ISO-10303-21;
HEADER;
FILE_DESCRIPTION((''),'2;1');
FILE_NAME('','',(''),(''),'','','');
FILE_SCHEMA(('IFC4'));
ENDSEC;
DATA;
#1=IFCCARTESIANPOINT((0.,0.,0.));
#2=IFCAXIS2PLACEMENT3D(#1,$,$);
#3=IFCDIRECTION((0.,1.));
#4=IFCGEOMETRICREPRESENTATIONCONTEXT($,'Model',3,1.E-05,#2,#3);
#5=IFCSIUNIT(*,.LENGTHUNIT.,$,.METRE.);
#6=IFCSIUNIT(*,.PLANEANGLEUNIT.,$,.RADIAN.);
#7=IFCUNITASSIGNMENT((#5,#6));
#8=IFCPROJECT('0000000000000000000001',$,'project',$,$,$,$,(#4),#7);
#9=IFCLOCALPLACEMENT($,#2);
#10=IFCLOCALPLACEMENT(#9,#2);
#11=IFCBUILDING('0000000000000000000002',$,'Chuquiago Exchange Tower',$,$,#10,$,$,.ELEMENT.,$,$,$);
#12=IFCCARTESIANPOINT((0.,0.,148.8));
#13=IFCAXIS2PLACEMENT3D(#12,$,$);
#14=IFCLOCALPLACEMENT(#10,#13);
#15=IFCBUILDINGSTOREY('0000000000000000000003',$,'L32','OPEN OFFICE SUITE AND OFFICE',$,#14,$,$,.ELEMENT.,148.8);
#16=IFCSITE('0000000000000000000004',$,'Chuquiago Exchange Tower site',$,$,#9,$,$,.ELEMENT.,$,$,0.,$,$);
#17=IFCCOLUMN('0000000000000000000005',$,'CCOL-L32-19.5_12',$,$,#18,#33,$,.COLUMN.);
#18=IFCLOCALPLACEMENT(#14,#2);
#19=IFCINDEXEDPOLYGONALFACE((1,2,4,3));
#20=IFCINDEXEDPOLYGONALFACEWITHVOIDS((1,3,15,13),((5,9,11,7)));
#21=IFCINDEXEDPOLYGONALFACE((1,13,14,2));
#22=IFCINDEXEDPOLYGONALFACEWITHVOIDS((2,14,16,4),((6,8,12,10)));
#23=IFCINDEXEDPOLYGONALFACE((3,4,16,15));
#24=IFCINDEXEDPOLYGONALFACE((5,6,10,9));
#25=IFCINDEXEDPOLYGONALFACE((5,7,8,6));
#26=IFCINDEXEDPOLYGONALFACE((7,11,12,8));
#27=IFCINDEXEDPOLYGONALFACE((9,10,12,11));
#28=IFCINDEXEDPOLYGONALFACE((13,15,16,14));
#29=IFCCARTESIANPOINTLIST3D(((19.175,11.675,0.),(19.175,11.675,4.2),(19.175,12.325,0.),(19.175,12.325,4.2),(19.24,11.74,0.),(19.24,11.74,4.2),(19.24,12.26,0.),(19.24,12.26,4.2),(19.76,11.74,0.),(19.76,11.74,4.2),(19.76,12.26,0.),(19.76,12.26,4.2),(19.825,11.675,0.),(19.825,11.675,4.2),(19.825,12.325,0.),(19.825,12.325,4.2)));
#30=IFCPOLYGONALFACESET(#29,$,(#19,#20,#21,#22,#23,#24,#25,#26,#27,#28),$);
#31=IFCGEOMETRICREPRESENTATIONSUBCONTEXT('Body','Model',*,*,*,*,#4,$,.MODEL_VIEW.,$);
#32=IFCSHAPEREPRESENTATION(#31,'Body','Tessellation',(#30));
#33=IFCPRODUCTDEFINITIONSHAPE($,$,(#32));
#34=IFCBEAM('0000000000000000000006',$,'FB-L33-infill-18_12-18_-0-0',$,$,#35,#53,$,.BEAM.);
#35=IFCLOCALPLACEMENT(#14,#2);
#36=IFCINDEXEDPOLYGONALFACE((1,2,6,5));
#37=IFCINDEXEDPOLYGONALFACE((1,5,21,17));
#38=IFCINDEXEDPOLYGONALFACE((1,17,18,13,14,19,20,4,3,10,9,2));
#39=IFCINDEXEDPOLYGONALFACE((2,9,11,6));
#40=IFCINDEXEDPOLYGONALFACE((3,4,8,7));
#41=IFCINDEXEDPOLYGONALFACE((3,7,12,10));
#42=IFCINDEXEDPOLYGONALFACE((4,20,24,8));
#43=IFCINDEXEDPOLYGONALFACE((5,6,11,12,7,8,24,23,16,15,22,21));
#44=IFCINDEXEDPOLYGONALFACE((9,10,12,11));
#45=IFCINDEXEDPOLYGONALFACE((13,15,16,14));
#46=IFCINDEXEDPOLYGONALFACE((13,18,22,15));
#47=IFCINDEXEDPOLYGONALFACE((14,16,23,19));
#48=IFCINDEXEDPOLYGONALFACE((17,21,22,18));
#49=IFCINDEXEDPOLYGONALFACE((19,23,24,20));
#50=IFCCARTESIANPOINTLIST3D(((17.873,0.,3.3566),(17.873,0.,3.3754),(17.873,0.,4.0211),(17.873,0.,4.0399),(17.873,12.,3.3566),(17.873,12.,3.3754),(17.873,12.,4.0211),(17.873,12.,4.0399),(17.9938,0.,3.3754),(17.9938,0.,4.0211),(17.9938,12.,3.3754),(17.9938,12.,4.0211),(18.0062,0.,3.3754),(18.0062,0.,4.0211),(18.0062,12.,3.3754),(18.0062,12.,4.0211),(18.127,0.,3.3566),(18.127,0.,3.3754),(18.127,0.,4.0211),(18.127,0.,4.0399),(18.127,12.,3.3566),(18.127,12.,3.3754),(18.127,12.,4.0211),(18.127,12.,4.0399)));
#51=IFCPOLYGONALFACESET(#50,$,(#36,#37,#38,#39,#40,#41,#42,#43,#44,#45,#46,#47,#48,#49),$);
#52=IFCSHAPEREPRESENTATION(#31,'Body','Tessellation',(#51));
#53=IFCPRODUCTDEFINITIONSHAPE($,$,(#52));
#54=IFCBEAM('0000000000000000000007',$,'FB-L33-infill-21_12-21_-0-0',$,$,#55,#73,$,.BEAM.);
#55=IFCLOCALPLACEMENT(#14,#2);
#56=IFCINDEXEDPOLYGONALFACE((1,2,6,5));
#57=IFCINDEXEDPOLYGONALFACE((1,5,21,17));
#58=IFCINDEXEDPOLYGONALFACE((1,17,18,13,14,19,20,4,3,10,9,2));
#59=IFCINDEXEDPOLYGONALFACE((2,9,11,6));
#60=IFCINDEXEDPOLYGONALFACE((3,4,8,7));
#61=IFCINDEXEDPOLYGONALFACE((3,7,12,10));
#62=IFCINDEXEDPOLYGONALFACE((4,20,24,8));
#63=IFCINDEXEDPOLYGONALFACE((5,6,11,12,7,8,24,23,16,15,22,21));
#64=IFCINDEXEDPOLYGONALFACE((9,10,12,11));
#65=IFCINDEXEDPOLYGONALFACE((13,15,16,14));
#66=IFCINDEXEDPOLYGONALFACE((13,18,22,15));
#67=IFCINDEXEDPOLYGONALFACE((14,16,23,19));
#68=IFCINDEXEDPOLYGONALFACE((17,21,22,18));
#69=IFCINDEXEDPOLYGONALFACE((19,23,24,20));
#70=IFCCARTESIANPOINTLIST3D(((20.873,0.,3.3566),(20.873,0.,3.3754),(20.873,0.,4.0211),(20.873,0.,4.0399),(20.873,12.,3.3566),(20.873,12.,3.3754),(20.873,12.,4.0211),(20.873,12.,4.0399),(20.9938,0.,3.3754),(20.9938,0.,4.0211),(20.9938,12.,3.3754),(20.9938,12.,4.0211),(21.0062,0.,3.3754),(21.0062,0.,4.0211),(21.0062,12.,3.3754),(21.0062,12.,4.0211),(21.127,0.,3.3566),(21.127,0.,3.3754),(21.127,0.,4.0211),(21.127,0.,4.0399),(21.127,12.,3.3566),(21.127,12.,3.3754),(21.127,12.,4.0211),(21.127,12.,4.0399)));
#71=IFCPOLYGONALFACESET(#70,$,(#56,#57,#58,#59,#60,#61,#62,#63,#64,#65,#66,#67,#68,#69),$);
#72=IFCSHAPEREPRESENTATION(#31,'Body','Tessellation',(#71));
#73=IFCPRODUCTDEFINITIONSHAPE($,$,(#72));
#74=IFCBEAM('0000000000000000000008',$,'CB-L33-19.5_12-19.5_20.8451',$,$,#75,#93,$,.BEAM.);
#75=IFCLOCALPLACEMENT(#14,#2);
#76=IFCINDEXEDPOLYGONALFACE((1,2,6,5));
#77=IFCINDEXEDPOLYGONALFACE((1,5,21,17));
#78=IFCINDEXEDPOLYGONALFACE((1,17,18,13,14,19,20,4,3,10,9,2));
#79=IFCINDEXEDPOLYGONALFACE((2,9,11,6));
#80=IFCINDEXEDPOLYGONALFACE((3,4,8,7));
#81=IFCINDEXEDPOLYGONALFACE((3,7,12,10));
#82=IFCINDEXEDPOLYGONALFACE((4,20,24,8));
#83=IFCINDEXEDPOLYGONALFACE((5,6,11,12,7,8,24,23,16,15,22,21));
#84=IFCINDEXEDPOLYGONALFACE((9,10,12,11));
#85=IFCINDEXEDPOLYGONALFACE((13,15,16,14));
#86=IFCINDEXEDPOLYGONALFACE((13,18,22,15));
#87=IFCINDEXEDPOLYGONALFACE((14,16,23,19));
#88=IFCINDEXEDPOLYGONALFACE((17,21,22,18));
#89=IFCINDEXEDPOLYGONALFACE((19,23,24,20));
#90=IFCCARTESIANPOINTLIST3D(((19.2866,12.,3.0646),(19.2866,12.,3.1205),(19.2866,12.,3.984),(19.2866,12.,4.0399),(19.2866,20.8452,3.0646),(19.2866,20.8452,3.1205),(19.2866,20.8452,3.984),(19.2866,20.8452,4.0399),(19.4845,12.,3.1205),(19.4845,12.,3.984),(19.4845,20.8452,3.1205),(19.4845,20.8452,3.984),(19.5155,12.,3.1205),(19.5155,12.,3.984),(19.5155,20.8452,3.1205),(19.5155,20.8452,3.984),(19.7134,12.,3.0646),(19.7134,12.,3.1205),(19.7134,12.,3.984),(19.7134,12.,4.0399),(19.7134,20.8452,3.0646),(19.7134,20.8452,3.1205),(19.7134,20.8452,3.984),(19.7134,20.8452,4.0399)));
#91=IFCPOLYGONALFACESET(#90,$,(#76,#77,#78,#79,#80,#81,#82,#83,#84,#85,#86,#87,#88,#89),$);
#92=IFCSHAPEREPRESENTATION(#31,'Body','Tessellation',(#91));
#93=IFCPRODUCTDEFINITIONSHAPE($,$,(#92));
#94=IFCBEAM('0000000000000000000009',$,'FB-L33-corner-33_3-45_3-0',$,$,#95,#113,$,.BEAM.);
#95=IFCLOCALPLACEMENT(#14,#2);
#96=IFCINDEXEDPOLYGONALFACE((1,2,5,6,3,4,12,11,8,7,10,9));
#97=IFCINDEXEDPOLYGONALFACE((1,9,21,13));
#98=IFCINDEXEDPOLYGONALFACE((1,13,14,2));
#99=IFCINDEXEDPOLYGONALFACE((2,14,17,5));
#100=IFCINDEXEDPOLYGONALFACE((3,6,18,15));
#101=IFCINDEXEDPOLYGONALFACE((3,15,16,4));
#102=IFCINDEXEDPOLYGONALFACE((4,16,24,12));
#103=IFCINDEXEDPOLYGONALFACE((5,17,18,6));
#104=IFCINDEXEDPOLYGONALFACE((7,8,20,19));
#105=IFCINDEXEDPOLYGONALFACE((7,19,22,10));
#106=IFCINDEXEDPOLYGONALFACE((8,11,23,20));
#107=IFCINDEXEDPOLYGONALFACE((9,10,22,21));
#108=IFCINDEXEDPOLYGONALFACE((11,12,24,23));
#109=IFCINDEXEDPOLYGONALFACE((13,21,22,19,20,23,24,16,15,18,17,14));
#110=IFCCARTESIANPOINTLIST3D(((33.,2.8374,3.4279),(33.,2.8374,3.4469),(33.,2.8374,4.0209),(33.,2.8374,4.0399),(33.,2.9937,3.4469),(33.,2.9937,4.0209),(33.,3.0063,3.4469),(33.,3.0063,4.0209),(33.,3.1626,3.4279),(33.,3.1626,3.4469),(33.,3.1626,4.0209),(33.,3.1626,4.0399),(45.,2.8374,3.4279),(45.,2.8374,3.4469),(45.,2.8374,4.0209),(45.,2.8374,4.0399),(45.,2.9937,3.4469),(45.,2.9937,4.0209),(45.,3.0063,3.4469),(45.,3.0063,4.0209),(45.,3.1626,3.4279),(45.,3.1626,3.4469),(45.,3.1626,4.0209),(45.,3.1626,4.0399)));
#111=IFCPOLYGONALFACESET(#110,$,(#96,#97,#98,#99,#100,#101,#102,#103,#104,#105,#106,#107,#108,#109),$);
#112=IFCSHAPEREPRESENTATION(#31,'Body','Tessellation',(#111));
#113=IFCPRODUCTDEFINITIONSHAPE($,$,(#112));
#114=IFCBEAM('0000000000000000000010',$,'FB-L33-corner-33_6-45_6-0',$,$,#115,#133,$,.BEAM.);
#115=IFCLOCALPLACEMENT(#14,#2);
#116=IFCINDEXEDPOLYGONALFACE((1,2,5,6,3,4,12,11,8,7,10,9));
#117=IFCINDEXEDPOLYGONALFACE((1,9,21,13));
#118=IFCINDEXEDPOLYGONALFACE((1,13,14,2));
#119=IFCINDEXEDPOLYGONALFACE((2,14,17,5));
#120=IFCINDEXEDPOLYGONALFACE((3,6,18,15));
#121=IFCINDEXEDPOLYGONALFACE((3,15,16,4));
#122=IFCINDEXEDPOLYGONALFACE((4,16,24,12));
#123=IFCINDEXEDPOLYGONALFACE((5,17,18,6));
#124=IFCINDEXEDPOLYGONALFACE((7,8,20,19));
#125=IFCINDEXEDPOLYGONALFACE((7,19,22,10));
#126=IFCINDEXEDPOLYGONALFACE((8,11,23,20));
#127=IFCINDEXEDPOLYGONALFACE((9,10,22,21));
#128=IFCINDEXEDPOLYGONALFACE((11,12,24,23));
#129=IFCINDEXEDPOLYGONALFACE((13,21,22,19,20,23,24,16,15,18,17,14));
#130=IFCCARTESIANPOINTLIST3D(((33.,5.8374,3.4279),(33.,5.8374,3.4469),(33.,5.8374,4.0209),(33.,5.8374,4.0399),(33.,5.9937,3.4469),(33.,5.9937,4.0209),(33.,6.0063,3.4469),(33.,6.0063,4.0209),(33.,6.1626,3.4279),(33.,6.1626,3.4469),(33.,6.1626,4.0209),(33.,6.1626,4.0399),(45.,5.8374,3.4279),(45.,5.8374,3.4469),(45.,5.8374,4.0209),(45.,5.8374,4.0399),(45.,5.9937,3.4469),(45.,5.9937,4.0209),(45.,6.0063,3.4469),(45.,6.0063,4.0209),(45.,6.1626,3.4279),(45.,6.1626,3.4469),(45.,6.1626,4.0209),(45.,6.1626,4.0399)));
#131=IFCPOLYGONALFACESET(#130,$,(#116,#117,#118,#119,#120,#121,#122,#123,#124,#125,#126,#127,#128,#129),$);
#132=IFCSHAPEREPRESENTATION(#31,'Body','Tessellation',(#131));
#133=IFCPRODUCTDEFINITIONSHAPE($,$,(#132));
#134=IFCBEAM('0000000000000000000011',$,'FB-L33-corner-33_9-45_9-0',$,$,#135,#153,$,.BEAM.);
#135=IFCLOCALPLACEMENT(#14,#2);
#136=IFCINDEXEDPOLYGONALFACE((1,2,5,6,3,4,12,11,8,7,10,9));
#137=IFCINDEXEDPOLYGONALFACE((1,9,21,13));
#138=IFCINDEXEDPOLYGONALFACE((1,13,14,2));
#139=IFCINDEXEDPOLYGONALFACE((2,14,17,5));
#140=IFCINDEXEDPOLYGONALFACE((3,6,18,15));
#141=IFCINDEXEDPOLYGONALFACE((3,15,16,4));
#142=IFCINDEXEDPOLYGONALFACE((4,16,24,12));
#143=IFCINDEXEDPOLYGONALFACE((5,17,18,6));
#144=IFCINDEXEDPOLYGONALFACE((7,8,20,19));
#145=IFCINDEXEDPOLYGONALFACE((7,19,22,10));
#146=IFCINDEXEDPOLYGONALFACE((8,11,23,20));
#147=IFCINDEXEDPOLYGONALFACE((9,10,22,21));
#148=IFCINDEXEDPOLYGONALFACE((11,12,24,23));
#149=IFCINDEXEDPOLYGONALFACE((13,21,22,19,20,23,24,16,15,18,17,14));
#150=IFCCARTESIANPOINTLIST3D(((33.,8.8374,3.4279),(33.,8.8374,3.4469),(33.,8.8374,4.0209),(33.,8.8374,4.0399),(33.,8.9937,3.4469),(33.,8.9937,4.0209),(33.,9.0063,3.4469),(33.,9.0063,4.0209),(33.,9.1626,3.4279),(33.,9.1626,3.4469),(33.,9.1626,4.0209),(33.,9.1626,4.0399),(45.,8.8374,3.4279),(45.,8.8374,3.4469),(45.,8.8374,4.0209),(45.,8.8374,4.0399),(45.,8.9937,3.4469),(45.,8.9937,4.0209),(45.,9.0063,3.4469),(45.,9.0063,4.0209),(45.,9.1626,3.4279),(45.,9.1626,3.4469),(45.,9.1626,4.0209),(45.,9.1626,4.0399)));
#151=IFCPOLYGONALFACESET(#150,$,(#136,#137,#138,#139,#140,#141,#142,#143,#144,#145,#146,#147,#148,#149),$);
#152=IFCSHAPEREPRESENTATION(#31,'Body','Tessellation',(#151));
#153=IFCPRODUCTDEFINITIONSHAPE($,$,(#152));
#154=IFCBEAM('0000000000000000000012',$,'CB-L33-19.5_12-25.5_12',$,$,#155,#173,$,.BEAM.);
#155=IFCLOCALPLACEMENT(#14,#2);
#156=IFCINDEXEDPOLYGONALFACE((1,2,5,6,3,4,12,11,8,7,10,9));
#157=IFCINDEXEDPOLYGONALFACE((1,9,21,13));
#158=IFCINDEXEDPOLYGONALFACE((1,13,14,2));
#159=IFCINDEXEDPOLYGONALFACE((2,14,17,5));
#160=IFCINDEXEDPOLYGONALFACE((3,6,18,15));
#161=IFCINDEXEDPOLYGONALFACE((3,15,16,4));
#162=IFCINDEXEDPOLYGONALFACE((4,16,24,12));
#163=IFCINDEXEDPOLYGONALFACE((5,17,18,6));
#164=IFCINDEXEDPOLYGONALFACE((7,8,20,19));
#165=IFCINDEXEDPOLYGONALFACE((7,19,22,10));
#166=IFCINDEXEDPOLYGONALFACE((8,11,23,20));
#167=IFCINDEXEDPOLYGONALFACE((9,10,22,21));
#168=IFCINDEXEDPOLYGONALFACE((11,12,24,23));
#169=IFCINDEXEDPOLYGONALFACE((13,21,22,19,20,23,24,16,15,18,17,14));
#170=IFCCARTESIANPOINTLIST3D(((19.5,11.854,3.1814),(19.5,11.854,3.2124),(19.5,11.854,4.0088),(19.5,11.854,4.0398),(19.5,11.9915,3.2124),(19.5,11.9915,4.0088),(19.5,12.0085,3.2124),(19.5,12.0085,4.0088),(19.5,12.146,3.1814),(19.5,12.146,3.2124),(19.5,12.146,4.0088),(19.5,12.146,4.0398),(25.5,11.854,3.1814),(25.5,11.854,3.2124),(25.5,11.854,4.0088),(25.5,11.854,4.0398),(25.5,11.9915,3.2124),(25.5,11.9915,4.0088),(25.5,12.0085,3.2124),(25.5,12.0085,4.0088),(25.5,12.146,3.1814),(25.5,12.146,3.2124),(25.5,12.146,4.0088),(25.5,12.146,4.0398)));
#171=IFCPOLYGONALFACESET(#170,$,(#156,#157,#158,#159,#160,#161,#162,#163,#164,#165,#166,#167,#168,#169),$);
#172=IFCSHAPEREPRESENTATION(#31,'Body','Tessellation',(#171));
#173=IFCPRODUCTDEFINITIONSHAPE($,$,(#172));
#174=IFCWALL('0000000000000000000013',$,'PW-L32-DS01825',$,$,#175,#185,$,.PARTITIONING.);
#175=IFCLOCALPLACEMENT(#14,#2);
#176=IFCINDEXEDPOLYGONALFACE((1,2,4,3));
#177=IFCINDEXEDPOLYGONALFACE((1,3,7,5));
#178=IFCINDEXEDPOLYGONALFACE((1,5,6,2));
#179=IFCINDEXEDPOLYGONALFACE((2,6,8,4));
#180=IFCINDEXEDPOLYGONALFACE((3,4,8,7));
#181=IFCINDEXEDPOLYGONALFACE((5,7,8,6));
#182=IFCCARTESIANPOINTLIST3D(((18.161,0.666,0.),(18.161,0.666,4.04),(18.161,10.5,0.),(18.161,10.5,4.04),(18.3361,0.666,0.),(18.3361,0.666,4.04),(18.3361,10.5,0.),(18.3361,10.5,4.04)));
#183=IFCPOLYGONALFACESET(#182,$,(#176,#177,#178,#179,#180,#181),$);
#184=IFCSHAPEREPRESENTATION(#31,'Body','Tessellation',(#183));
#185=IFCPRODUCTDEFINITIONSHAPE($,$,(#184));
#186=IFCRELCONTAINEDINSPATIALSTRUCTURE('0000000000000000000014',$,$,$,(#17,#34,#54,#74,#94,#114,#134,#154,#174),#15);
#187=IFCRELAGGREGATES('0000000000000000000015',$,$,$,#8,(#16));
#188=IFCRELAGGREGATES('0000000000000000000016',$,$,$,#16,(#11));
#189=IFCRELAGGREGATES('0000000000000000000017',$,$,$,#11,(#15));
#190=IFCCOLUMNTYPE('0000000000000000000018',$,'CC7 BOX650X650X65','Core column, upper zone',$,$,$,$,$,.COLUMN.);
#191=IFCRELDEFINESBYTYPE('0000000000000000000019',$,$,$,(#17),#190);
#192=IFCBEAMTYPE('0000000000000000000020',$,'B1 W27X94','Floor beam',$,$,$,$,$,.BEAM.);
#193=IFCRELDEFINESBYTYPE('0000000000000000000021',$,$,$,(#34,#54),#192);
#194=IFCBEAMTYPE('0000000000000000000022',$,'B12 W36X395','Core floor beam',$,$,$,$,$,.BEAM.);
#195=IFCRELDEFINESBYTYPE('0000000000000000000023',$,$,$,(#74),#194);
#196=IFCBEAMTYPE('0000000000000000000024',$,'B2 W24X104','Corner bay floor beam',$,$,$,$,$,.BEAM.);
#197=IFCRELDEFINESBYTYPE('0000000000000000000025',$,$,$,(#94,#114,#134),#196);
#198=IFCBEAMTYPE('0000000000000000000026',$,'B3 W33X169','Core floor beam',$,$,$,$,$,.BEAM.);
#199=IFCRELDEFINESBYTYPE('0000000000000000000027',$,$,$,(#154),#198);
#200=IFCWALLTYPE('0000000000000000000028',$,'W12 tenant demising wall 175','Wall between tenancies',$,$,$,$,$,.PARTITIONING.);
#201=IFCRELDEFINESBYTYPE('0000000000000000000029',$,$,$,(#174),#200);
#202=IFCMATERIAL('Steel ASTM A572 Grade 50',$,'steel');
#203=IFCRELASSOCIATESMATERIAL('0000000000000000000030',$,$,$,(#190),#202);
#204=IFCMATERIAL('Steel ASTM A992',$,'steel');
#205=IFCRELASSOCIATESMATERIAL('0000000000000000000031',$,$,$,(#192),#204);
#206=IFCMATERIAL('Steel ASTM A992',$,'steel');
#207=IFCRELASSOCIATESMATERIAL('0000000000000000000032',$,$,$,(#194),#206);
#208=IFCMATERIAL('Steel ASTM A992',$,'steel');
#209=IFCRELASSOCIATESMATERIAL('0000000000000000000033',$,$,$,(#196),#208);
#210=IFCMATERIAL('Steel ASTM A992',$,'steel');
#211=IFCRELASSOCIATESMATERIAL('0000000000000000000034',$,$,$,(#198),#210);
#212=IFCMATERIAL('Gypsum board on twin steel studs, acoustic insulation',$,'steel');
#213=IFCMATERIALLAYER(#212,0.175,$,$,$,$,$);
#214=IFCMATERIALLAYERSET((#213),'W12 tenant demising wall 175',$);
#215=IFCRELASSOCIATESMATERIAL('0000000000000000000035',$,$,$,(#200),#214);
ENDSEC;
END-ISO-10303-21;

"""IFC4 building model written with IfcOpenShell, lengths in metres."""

from ifc_helpers import new_model, si_unit, direction, frame, frame_2d, origin, origin_2d, place, context, subcontext, project, spatial, rectangle, hollow_rectangle, i_section, extrude, material, layer, layer_set, material_profile, profile_set, type_object, element, save


model = new_model("IFC4")

# Units and contexts
model_context = context("Model", 3, precision=1e-05, world=origin(), true_north=direction((0.0, 1.0)))
body_context = subcontext(model_context, "Body", "Model", "MODEL_VIEW")
ifc_project = project(units=[si_unit("LENGTHUNIT", "METRE"), si_unit("PLANEANGLEUNIT", "RADIAN")], contexts=[model_context])

# Site, building, storey
site_placement = place(None, origin())
site = spatial("IfcSite", under=ifc_project, at=site_placement, Name="Chuquiago Exchange Tower site", CompositionType="ELEMENT", RefElevation=0.0)
building_placement = place(site_placement, origin())
building = spatial("IfcBuilding", under=site, at=building_placement, Name="Chuquiago Exchange Tower", CompositionType="ELEMENT")
storey_placement = place(building_placement, frame((0.0, 0.0, 148.8)))
storey = spatial("IfcBuildingStorey", under=building, at=storey_placement, Name="L32", Description="OPEN OFFICE SUITE AND OFFICE", CompositionType="ELEMENT", Elevation=148.8)

# Column
ifc_material_1 = material(Name="Steel ASTM A572 Grade 50", Category="steel")
ifc_material_profile_1 = material_profile(ifc_material_1, hollow_rectangle(XDim=0.6499, YDim=0.6499, WallThickness=0.0649, at=origin_2d()), Name="BOX650X650X65")
ifc_profile_set_1 = profile_set([ifc_material_profile_1], Name="Steel ASTM A572 Grade 50")
column_type = type_object("IfcColumnType", Name="CC7 BOX650X650X65", Description="Core column, upper zone", PredefinedType="COLUMN", material=ifc_profile_set_1)
column_placement = place(storey_placement, frame((19.5, 12.0, 0.0), z_axis=(0.0, 0.0, 1.0), x_axis=(1.0, 0.0, 0.0)))
element("IfcColumn", 1, at=column_placement, inside=storey, type_object=column_type, Name="CCOL-L32-19.5_12", PredefinedType="COLUMN", context=body_context, shape_type="SweptSolid", body=[
    extrude(hollow_rectangle(XDim=0.6499, YDim=0.6499, WallThickness=0.0649, at=origin_2d()), origin(), (0.0, 0.0, 1.0), 4.2),
])

# Beams
ifc_material_2 = material(Name="Steel ASTM A992", Category="steel")
ifc_material_profile_2 = material_profile(ifc_material_2, i_section(OverallWidth=0.2539, OverallDepth=0.6833, WebThickness=0.0125, FlangeThickness=0.0188, at=origin_2d()), Name="W27X94")
ifc_profile_set_2 = profile_set([ifc_material_profile_2], Name="Steel ASTM A992")
beam_type_1 = type_object("IfcBeamType", Name="B1 W27X94", Description="Floor beam", PredefinedType="BEAM", material=ifc_profile_set_2)
for number, where, z_axis, x_axis, name in (
    (2, (18.0, 12.0, 3.6982), (0.0, -1.0, 0.0), (1.0, 0.0, 0.0), "FB-L33-infill-18_12-18_-0-0"),
    (3, (21.0, 12.0, 3.6982), (0.0, -1.0, 0.0), (1.0, 0.0, 0.0), "FB-L33-infill-21_12-21_-0-0"),
):
    element("IfcBeam", number, at=place(storey_placement, frame(where, z_axis=z_axis, x_axis=x_axis)), inside=storey, type_object=beam_type_1, Name=name, PredefinedType="BEAM", context=body_context, shape_type="SweptSolid", body=[
        extrude(i_section(OverallWidth=0.2539, OverallDepth=0.6833, WebThickness=0.0125, FlangeThickness=0.0188, at=origin_2d()), origin(), (0.0, 0.0, 1.0), 12.0),
    ])
ifc_material_3 = material(Name="Steel ASTM A992", Category="steel")
ifc_material_profile_3 = material_profile(ifc_material_3, i_section(OverallWidth=0.4268, OverallDepth=0.9753, WebThickness=0.031, FlangeThickness=0.0559, at=origin_2d()), Name="W36X395")
ifc_profile_set_3 = profile_set([ifc_material_profile_3], Name="Steel ASTM A992")
beam_type_2 = type_object("IfcBeamType", Name="B12 W36X395", Description="Core floor beam", PredefinedType="BEAM", material=ifc_profile_set_3)
beam_1_placement = place(storey_placement, frame((19.5, 12.0, 3.5522), z_axis=(0.0, 1.0, 0.0), x_axis=(-1.0, 0.0, 0.0)))
element("IfcBeam", 4, at=beam_1_placement, inside=storey, type_object=beam_type_2, Name="CB-L33-19.5_12-19.5_20.8451", PredefinedType="BEAM", context=body_context, shape_type="SweptSolid", body=[
    extrude(i_section(OverallWidth=0.4268, OverallDepth=0.9753, WebThickness=0.031, FlangeThickness=0.0559, at=origin_2d()), origin(), (0.0, 0.0, 1.0), 8.8452),
])
ifc_material_4 = material(Name="Steel ASTM A992", Category="steel")
ifc_material_profile_4 = material_profile(ifc_material_4, i_section(OverallWidth=0.3252, OverallDepth=0.6121, WebThickness=0.0127, FlangeThickness=0.019, at=origin_2d()), Name="W24X104")
ifc_profile_set_4 = profile_set([ifc_material_profile_4], Name="Steel ASTM A992")
beam_type_3 = type_object("IfcBeamType", Name="B2 W24X104", Description="Corner bay floor beam", PredefinedType="BEAM", material=ifc_profile_set_4)
for number, where, z_axis, x_axis, name in (
    (5, (33.0, 3.0, 3.7339), (1.0, 0.0, 0.0), (0.0, 1.0, 0.0), "FB-L33-corner-33_3-45_3-0"),
    (6, (33.0, 6.0, 3.7339), (1.0, 0.0, 0.0), (0.0, 1.0, 0.0), "FB-L33-corner-33_6-45_6-0"),
    (7, (33.0, 9.0, 3.7339), (1.0, 0.0, 0.0), (0.0, 1.0, 0.0), "FB-L33-corner-33_9-45_9-0"),
):
    element("IfcBeam", number, at=place(storey_placement, frame(where, z_axis=z_axis, x_axis=x_axis)), inside=storey, type_object=beam_type_3, Name=name, PredefinedType="BEAM", context=body_context, shape_type="SweptSolid", body=[
        extrude(i_section(OverallWidth=0.3252, OverallDepth=0.6121, WebThickness=0.0127, FlangeThickness=0.019, at=origin_2d()), origin(), (0.0, 0.0, 1.0), 12.0),
    ])
ifc_material_5 = material(Name="Steel ASTM A992", Category="steel")
ifc_material_profile_5 = material_profile(ifc_material_5, i_section(OverallWidth=0.292, OverallDepth=0.8584, WebThickness=0.0171, FlangeThickness=0.031, at=origin_2d()), Name="W33X169")
ifc_profile_set_5 = profile_set([ifc_material_profile_5], Name="Steel ASTM A992")
beam_type_4 = type_object("IfcBeamType", Name="B3 W33X169", Description="Core floor beam", PredefinedType="BEAM", material=ifc_profile_set_5)
beam_2_placement = place(storey_placement, frame((19.5, 12.0, 3.6106), z_axis=(1.0, 0.0, 0.0), x_axis=(0.0, 1.0, 0.0)))
element("IfcBeam", 8, at=beam_2_placement, inside=storey, type_object=beam_type_4, Name="CB-L33-19.5_12-25.5_12", PredefinedType="BEAM", context=body_context, shape_type="SweptSolid", body=[
    extrude(i_section(OverallWidth=0.292, OverallDepth=0.8584, WebThickness=0.0171, FlangeThickness=0.031, at=origin_2d()), origin(), (0.0, 0.0, 1.0), 6.0),
])

# Wall
ifc_material_6 = material(Name="Gypsum board on twin steel studs, acoustic insulation", Category="steel")
ifc_layer_1 = layer(ifc_material_6, 0.175)
ifc_layer_set_1 = layer_set([ifc_layer_1], Name="W12 tenant demising wall 175")
wall_type_1 = type_object("IfcWallType", Name="W12 tenant demising wall 175", Description="Wall between tenancies", PredefinedType="PARTITIONING", material=ifc_layer_set_1)
wall_1_placement = place(storey_placement, frame((18.2485, 0.666, 0.0), z_axis=(0.0, 0.0, 1.0), x_axis=(0.0, 1.0, 0.0)))
element("IfcWall", 9, at=wall_1_placement, inside=storey, type_object=wall_type_1, Name="PW-L32-DS01825", PredefinedType="PARTITIONING", context=body_context, shape_type="SweptSolid", body=[
    extrude(rectangle(XDim=9.834, YDim=0.175, at=frame_2d((4.917, 0.0))), origin(), (0.0, 0.0, 1.0), 4.04),
])

save(model, "model.ifc")
